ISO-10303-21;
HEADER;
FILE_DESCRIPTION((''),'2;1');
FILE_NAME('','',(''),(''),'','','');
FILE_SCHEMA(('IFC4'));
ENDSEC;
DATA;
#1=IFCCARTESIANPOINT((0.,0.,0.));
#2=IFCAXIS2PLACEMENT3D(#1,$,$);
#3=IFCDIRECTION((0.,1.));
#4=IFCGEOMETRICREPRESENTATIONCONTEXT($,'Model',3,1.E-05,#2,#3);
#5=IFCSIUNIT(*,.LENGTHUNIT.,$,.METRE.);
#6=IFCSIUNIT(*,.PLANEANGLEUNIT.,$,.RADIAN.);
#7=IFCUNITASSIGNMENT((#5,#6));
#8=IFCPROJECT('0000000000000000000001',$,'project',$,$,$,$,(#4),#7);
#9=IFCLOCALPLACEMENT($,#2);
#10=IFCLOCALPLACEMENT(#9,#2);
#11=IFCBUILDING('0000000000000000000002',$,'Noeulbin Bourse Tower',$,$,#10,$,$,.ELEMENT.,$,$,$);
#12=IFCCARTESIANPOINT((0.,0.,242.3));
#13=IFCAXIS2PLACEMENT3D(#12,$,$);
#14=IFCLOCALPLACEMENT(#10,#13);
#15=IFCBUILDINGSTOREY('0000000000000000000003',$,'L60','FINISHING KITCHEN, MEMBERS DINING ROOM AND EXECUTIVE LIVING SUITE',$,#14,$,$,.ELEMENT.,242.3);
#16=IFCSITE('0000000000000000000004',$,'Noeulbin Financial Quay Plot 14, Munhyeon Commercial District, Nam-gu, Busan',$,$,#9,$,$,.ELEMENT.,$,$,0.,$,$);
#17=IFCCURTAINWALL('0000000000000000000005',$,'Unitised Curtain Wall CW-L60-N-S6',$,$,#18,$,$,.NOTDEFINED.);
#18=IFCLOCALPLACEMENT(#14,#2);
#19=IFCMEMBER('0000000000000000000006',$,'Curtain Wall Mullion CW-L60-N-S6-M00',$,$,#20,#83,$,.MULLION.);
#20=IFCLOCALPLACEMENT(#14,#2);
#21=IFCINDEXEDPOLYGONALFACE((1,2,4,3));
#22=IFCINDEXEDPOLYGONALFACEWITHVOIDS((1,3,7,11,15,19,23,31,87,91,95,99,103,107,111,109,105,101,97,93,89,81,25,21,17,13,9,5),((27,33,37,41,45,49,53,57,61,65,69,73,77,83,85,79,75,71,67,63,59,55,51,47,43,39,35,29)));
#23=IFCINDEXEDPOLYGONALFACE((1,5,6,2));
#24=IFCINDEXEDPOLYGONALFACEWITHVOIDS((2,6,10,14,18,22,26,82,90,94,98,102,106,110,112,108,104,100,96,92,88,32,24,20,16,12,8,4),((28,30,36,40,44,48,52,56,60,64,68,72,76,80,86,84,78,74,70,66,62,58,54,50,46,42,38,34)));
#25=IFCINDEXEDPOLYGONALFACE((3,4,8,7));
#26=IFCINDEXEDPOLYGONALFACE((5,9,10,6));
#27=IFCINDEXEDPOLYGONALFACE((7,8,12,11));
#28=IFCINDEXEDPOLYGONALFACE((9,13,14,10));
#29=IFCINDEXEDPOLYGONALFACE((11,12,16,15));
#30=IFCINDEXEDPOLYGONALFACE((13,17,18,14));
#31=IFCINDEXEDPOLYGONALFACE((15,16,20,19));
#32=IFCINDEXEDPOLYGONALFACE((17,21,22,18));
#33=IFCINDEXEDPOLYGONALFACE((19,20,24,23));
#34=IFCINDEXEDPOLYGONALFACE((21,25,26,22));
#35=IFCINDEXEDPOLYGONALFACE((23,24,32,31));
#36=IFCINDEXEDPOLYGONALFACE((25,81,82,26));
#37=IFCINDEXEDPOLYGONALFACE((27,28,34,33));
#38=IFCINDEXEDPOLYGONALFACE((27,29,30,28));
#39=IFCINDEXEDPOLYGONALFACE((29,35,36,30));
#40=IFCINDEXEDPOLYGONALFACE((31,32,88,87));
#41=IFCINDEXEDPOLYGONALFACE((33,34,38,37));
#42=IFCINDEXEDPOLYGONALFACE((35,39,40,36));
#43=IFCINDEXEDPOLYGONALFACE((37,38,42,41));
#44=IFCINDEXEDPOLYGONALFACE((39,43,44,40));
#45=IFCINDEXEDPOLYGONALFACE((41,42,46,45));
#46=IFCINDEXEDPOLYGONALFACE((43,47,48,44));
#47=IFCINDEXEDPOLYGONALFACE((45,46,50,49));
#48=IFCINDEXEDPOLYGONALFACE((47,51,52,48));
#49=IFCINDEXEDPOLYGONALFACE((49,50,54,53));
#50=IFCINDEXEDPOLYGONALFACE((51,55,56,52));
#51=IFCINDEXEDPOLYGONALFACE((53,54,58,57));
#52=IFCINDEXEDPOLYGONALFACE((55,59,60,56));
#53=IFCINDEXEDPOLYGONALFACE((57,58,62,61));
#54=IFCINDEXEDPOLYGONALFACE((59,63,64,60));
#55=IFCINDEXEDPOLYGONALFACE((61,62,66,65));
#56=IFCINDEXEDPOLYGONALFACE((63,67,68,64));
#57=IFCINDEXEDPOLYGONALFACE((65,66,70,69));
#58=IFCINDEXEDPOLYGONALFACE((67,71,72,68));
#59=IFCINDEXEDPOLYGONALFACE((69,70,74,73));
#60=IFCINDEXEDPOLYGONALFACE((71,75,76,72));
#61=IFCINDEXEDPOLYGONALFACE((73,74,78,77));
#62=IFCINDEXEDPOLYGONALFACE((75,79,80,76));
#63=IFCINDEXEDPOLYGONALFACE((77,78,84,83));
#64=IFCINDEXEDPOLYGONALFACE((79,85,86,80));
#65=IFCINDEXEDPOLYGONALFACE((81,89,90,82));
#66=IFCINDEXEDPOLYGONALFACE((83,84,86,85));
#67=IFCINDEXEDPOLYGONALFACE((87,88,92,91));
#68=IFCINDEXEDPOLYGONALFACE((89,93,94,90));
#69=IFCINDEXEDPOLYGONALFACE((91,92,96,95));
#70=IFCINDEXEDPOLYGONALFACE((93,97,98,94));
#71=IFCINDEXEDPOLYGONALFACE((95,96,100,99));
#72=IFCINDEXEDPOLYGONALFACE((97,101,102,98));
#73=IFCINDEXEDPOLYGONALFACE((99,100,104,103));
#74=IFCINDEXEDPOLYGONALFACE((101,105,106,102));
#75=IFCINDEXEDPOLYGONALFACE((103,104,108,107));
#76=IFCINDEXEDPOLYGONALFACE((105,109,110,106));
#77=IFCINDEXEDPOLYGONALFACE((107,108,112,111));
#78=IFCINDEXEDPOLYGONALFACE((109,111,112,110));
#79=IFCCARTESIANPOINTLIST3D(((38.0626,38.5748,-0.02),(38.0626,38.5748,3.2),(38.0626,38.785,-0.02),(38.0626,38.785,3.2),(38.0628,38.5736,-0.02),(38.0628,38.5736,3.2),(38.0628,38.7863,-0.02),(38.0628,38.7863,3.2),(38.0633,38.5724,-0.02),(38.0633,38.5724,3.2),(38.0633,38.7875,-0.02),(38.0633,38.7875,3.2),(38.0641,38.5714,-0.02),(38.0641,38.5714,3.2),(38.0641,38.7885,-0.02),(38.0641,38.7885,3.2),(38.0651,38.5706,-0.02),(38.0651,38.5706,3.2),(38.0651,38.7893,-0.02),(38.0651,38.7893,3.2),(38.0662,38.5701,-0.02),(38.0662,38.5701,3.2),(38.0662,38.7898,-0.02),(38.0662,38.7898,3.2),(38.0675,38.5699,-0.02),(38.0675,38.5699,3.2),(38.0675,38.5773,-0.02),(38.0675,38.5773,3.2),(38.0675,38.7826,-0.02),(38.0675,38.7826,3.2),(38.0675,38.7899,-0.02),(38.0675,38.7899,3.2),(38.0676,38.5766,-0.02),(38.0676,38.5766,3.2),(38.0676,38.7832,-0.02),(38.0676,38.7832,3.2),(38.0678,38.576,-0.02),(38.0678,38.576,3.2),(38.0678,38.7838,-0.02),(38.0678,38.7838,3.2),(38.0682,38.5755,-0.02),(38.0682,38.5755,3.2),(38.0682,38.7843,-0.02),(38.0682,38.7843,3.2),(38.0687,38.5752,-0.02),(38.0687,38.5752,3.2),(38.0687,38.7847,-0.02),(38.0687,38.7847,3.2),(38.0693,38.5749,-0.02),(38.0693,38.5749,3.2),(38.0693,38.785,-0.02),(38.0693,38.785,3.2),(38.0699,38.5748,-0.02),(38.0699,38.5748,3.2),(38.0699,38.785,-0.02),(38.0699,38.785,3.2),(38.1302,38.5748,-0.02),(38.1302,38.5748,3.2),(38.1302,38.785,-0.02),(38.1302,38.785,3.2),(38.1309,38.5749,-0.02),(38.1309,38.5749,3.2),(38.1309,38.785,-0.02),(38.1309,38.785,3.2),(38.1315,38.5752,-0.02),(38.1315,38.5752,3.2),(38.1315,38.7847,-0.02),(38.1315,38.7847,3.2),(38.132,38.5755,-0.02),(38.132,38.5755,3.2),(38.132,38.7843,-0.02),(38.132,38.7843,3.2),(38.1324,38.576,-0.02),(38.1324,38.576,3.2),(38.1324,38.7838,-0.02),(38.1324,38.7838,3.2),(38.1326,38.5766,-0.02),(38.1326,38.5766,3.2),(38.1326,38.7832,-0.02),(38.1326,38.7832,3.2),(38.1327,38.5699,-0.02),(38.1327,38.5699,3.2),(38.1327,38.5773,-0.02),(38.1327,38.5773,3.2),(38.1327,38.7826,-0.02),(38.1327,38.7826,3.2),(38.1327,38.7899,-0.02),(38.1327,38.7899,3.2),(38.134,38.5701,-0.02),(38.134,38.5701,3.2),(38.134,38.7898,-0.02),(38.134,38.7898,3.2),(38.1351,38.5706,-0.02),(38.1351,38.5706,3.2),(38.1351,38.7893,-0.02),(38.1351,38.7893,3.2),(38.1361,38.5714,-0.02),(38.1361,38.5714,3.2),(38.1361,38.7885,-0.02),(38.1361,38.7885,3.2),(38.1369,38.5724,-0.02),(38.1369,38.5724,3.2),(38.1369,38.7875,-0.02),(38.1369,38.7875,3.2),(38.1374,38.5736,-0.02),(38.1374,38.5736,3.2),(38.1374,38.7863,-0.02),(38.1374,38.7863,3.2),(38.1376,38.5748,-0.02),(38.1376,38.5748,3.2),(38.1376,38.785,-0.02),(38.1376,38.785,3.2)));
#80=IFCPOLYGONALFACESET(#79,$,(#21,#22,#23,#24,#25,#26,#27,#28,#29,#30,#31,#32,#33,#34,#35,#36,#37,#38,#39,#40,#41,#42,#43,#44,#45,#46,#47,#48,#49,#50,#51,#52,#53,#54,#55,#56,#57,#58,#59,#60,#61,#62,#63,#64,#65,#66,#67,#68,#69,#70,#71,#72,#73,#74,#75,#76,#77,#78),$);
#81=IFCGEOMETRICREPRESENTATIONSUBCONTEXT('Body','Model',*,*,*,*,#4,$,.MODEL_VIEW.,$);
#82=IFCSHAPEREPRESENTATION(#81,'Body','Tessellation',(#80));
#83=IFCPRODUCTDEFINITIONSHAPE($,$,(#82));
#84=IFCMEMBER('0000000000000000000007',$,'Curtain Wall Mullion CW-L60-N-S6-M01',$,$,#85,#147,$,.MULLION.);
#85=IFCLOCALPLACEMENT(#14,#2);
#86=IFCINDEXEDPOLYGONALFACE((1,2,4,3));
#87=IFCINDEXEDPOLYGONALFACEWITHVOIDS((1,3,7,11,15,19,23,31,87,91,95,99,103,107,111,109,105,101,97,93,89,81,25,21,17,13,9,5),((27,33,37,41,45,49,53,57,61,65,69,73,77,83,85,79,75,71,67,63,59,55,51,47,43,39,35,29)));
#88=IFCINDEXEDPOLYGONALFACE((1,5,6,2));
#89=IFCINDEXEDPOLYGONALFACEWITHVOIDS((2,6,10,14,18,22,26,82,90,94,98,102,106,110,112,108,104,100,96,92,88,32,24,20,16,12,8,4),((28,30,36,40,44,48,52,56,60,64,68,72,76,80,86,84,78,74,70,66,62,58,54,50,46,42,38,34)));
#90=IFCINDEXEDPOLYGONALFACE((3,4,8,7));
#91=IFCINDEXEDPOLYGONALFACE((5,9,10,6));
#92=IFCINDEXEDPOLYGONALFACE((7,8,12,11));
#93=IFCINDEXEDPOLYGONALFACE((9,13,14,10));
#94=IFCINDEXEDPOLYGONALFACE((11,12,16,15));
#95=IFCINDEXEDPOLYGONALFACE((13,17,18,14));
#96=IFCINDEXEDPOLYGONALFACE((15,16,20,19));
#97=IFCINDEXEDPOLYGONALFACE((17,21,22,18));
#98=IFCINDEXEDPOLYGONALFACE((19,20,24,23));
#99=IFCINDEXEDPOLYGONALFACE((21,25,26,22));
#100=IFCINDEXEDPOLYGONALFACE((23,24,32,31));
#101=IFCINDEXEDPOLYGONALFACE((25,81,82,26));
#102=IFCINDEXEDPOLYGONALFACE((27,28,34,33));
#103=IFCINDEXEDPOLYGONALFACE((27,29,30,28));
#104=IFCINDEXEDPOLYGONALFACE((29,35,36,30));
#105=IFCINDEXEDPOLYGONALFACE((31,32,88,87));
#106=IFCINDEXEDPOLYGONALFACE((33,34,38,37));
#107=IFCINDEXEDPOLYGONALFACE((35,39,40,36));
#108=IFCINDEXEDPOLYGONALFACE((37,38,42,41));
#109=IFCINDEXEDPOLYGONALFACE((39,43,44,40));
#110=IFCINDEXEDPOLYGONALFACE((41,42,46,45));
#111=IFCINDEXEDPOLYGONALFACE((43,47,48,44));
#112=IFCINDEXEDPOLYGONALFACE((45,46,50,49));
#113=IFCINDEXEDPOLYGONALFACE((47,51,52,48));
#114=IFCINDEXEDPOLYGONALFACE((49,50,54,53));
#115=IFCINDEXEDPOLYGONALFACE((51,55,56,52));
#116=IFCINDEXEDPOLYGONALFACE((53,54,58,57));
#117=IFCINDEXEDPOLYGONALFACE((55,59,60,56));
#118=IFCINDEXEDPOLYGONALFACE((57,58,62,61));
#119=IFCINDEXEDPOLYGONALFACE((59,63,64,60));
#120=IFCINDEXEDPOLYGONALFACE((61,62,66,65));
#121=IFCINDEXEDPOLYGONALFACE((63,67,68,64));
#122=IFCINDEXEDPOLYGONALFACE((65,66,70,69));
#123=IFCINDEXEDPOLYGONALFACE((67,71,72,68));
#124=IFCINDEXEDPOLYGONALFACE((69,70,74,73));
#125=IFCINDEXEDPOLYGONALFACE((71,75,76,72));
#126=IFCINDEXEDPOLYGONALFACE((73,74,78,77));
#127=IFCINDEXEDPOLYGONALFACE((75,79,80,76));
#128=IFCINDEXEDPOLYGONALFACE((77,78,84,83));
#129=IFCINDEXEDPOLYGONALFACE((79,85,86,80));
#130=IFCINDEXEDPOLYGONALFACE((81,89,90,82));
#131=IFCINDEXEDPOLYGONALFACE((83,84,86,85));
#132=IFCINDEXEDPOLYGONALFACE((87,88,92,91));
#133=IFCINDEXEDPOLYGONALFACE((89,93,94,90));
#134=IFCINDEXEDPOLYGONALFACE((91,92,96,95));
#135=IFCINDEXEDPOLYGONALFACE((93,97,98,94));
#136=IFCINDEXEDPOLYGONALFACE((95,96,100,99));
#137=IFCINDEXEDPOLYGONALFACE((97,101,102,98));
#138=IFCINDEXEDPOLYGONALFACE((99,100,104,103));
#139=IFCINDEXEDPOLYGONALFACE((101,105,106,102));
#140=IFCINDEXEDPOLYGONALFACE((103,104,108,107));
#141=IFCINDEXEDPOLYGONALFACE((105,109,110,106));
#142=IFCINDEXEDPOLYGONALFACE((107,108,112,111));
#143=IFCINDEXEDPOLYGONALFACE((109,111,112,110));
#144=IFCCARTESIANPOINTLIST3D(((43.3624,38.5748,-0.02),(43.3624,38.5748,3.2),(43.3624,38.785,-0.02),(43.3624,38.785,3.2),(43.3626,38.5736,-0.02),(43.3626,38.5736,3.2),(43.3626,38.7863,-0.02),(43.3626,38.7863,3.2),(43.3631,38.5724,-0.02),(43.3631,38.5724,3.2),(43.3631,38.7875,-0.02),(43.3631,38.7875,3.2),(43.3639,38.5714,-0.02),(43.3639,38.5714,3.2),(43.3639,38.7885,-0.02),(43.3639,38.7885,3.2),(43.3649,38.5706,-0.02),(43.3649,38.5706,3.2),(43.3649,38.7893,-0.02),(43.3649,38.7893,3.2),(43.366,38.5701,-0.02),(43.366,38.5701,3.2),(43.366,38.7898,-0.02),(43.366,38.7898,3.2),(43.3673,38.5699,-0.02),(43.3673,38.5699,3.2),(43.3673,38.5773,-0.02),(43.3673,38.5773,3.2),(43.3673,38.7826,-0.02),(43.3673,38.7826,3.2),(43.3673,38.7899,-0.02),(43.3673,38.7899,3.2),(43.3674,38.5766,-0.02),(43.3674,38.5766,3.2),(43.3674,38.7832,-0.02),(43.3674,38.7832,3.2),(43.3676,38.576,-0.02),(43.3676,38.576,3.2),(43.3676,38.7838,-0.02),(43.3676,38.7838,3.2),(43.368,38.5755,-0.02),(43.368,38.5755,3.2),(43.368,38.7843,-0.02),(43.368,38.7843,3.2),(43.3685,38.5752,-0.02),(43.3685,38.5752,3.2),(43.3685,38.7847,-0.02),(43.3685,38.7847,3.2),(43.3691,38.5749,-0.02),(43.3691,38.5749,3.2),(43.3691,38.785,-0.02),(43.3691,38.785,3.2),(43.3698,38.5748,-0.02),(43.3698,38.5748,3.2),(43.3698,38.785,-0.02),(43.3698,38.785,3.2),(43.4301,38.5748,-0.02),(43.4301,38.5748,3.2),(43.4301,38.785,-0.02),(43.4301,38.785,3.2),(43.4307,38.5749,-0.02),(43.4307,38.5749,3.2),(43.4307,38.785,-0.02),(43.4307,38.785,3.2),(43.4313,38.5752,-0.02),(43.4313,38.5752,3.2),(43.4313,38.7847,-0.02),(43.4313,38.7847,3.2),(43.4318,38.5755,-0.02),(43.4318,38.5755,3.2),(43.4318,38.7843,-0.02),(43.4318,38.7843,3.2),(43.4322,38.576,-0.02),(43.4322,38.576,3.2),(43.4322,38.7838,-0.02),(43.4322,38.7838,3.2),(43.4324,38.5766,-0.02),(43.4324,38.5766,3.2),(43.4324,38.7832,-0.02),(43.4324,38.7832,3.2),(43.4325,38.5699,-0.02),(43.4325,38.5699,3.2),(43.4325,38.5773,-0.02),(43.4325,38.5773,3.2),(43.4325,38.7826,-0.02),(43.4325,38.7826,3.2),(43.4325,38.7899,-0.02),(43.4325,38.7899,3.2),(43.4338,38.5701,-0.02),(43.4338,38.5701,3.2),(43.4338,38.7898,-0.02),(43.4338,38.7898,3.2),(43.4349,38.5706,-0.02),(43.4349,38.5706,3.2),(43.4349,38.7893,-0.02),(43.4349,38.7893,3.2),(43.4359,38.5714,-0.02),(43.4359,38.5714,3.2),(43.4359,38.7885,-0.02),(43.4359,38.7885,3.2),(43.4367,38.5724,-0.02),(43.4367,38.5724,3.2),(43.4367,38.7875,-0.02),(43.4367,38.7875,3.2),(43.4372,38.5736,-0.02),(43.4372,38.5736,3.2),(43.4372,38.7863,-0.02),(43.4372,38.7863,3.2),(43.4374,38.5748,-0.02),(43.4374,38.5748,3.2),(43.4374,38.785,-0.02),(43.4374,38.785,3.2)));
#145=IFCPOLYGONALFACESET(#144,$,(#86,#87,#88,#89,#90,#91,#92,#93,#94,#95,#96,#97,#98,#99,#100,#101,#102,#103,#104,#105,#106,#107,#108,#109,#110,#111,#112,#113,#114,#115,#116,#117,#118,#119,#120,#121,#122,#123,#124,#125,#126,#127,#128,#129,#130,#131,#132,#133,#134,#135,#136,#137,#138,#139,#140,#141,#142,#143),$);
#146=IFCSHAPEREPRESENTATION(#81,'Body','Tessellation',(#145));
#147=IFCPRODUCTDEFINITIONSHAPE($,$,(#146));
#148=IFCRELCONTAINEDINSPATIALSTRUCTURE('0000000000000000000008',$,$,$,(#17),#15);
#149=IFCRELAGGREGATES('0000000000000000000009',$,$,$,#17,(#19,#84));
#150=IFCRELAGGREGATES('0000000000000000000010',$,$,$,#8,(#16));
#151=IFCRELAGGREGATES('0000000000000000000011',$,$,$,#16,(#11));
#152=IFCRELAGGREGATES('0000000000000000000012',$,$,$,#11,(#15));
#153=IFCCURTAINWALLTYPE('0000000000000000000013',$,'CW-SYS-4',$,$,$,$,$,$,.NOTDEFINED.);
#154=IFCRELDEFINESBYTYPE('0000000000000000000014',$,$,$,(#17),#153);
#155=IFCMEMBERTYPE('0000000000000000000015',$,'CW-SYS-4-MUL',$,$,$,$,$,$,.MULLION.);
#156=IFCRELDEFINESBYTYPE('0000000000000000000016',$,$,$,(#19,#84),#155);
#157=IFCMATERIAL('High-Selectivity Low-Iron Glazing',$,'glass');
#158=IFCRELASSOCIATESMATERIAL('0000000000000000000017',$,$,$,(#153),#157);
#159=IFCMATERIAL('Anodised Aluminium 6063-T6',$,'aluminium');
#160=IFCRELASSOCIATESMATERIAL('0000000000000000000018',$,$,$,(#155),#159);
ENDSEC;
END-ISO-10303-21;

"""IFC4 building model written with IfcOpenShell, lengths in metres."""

from ifc_helpers import new_model, si_unit, direction, frame, origin, origin_2d, place, context, subcontext, project, spatial, hollow_rectangle, extrude, material, material_profile, profile_set, type_object, element, aggregate, save


model = new_model("IFC4")

# Units and contexts
model_context = context("Model", 3, precision=1e-05, world=origin(), true_north=direction((0.0, 1.0)))
body_context = subcontext(model_context, "Body", "Model", "MODEL_VIEW")
ifc_project = project(units=[si_unit("LENGTHUNIT", "METRE"), si_unit("PLANEANGLEUNIT", "RADIAN")], contexts=[model_context])

# Site, building, storey
site_placement = place(None, origin())
site = spatial("IfcSite", under=ifc_project, at=site_placement, Name="Noeulbin Financial Quay Plot 14, Munhyeon Commercial District, Nam-gu, Busan", CompositionType="ELEMENT", RefElevation=0.0)
building_placement = place(site_placement, origin())
building = spatial("IfcBuilding", under=site, at=building_placement, Name="Noeulbin Bourse Tower", CompositionType="ELEMENT")
storey_placement = place(building_placement, frame((0.0, 0.0, 242.3)))
storey = spatial("IfcBuildingStorey", under=building, at=storey_placement, Name="L60", Description="FINISHING KITCHEN, MEMBERS DINING ROOM AND EXECUTIVE LIVING SUITE", CompositionType="ELEMENT", Elevation=242.3)

# Curtain wall, members
ifc_material_1 = material(Name="High-Selectivity Low-Iron Glazing", Category="glass")
curtain_wall_type = type_object("IfcCurtainWallType", Name="CW-SYS-4", PredefinedType="NOTDEFINED", material=ifc_material_1)
curtain_wall_1_placement = place(storey_placement, origin())
curtain_wall_1 = element("IfcCurtainWall", 1, at=curtain_wall_1_placement, inside=storey, type_object=curtain_wall_type, Name="Unitised Curtain Wall CW-L60-N-S6", PredefinedType="NOTDEFINED")
ifc_material_2 = material(Name="Anodised Aluminium 6063-T6", Category="aluminium")
ifc_material_profile_1 = material_profile(ifc_material_2, hollow_rectangle(XDim=0.075, YDim=0.22, WallThickness=0.0049, InnerFilletRadius=0.0024, OuterFilletRadius=0.0049, at=origin_2d()), Name="ALU-MULL-75x220x5", Category="LoadBearing")
ifc_profile_set_1 = profile_set([ifc_material_profile_1], Name="Anodised Aluminium 6063-T6")
member_type_1 = type_object("IfcMemberType", Name="CW-SYS-4-MUL", PredefinedType="MULLION", material=ifc_profile_set_1)
member_1_placement = place(storey_placement, frame((38.1001, 38.6799, -0.02), z_axis=(0.0, 0.0, 1.0), x_axis=(1.0, 0.0, 0.0)))
member_1 = element("IfcMember", 2, at=member_1_placement, type_object=member_type_1, Name="Curtain Wall Mullion CW-L60-N-S6-M00", PredefinedType="MULLION", context=body_context, shape_type="SweptSolid", body=[
    extrude(hollow_rectangle(XDim=0.075, YDim=0.22, WallThickness=0.0049, InnerFilletRadius=0.0024, OuterFilletRadius=0.0049, at=origin_2d()), origin(), (0.0, 0.0, 1.0), 3.22),
])
member_2_placement = place(storey_placement, frame((43.3999, 38.6799, -0.02), z_axis=(0.0, 0.0, 1.0), x_axis=(1.0, 0.0, 0.0)))
member_2 = element("IfcMember", 3, at=member_2_placement, type_object=member_type_1, Name="Curtain Wall Mullion CW-L60-N-S6-M01", PredefinedType="MULLION", context=body_context, shape_type="SweptSolid", body=[
    extrude(hollow_rectangle(XDim=0.075, YDim=0.22, WallThickness=0.0049, InnerFilletRadius=0.0024, OuterFilletRadius=0.0049, at=origin_2d()), origin(), (0.0, 0.0, 1.0), 3.22),
])

aggregate(curtain_wall_1, [member_1, member_2])

save(model, "model.ifc")
